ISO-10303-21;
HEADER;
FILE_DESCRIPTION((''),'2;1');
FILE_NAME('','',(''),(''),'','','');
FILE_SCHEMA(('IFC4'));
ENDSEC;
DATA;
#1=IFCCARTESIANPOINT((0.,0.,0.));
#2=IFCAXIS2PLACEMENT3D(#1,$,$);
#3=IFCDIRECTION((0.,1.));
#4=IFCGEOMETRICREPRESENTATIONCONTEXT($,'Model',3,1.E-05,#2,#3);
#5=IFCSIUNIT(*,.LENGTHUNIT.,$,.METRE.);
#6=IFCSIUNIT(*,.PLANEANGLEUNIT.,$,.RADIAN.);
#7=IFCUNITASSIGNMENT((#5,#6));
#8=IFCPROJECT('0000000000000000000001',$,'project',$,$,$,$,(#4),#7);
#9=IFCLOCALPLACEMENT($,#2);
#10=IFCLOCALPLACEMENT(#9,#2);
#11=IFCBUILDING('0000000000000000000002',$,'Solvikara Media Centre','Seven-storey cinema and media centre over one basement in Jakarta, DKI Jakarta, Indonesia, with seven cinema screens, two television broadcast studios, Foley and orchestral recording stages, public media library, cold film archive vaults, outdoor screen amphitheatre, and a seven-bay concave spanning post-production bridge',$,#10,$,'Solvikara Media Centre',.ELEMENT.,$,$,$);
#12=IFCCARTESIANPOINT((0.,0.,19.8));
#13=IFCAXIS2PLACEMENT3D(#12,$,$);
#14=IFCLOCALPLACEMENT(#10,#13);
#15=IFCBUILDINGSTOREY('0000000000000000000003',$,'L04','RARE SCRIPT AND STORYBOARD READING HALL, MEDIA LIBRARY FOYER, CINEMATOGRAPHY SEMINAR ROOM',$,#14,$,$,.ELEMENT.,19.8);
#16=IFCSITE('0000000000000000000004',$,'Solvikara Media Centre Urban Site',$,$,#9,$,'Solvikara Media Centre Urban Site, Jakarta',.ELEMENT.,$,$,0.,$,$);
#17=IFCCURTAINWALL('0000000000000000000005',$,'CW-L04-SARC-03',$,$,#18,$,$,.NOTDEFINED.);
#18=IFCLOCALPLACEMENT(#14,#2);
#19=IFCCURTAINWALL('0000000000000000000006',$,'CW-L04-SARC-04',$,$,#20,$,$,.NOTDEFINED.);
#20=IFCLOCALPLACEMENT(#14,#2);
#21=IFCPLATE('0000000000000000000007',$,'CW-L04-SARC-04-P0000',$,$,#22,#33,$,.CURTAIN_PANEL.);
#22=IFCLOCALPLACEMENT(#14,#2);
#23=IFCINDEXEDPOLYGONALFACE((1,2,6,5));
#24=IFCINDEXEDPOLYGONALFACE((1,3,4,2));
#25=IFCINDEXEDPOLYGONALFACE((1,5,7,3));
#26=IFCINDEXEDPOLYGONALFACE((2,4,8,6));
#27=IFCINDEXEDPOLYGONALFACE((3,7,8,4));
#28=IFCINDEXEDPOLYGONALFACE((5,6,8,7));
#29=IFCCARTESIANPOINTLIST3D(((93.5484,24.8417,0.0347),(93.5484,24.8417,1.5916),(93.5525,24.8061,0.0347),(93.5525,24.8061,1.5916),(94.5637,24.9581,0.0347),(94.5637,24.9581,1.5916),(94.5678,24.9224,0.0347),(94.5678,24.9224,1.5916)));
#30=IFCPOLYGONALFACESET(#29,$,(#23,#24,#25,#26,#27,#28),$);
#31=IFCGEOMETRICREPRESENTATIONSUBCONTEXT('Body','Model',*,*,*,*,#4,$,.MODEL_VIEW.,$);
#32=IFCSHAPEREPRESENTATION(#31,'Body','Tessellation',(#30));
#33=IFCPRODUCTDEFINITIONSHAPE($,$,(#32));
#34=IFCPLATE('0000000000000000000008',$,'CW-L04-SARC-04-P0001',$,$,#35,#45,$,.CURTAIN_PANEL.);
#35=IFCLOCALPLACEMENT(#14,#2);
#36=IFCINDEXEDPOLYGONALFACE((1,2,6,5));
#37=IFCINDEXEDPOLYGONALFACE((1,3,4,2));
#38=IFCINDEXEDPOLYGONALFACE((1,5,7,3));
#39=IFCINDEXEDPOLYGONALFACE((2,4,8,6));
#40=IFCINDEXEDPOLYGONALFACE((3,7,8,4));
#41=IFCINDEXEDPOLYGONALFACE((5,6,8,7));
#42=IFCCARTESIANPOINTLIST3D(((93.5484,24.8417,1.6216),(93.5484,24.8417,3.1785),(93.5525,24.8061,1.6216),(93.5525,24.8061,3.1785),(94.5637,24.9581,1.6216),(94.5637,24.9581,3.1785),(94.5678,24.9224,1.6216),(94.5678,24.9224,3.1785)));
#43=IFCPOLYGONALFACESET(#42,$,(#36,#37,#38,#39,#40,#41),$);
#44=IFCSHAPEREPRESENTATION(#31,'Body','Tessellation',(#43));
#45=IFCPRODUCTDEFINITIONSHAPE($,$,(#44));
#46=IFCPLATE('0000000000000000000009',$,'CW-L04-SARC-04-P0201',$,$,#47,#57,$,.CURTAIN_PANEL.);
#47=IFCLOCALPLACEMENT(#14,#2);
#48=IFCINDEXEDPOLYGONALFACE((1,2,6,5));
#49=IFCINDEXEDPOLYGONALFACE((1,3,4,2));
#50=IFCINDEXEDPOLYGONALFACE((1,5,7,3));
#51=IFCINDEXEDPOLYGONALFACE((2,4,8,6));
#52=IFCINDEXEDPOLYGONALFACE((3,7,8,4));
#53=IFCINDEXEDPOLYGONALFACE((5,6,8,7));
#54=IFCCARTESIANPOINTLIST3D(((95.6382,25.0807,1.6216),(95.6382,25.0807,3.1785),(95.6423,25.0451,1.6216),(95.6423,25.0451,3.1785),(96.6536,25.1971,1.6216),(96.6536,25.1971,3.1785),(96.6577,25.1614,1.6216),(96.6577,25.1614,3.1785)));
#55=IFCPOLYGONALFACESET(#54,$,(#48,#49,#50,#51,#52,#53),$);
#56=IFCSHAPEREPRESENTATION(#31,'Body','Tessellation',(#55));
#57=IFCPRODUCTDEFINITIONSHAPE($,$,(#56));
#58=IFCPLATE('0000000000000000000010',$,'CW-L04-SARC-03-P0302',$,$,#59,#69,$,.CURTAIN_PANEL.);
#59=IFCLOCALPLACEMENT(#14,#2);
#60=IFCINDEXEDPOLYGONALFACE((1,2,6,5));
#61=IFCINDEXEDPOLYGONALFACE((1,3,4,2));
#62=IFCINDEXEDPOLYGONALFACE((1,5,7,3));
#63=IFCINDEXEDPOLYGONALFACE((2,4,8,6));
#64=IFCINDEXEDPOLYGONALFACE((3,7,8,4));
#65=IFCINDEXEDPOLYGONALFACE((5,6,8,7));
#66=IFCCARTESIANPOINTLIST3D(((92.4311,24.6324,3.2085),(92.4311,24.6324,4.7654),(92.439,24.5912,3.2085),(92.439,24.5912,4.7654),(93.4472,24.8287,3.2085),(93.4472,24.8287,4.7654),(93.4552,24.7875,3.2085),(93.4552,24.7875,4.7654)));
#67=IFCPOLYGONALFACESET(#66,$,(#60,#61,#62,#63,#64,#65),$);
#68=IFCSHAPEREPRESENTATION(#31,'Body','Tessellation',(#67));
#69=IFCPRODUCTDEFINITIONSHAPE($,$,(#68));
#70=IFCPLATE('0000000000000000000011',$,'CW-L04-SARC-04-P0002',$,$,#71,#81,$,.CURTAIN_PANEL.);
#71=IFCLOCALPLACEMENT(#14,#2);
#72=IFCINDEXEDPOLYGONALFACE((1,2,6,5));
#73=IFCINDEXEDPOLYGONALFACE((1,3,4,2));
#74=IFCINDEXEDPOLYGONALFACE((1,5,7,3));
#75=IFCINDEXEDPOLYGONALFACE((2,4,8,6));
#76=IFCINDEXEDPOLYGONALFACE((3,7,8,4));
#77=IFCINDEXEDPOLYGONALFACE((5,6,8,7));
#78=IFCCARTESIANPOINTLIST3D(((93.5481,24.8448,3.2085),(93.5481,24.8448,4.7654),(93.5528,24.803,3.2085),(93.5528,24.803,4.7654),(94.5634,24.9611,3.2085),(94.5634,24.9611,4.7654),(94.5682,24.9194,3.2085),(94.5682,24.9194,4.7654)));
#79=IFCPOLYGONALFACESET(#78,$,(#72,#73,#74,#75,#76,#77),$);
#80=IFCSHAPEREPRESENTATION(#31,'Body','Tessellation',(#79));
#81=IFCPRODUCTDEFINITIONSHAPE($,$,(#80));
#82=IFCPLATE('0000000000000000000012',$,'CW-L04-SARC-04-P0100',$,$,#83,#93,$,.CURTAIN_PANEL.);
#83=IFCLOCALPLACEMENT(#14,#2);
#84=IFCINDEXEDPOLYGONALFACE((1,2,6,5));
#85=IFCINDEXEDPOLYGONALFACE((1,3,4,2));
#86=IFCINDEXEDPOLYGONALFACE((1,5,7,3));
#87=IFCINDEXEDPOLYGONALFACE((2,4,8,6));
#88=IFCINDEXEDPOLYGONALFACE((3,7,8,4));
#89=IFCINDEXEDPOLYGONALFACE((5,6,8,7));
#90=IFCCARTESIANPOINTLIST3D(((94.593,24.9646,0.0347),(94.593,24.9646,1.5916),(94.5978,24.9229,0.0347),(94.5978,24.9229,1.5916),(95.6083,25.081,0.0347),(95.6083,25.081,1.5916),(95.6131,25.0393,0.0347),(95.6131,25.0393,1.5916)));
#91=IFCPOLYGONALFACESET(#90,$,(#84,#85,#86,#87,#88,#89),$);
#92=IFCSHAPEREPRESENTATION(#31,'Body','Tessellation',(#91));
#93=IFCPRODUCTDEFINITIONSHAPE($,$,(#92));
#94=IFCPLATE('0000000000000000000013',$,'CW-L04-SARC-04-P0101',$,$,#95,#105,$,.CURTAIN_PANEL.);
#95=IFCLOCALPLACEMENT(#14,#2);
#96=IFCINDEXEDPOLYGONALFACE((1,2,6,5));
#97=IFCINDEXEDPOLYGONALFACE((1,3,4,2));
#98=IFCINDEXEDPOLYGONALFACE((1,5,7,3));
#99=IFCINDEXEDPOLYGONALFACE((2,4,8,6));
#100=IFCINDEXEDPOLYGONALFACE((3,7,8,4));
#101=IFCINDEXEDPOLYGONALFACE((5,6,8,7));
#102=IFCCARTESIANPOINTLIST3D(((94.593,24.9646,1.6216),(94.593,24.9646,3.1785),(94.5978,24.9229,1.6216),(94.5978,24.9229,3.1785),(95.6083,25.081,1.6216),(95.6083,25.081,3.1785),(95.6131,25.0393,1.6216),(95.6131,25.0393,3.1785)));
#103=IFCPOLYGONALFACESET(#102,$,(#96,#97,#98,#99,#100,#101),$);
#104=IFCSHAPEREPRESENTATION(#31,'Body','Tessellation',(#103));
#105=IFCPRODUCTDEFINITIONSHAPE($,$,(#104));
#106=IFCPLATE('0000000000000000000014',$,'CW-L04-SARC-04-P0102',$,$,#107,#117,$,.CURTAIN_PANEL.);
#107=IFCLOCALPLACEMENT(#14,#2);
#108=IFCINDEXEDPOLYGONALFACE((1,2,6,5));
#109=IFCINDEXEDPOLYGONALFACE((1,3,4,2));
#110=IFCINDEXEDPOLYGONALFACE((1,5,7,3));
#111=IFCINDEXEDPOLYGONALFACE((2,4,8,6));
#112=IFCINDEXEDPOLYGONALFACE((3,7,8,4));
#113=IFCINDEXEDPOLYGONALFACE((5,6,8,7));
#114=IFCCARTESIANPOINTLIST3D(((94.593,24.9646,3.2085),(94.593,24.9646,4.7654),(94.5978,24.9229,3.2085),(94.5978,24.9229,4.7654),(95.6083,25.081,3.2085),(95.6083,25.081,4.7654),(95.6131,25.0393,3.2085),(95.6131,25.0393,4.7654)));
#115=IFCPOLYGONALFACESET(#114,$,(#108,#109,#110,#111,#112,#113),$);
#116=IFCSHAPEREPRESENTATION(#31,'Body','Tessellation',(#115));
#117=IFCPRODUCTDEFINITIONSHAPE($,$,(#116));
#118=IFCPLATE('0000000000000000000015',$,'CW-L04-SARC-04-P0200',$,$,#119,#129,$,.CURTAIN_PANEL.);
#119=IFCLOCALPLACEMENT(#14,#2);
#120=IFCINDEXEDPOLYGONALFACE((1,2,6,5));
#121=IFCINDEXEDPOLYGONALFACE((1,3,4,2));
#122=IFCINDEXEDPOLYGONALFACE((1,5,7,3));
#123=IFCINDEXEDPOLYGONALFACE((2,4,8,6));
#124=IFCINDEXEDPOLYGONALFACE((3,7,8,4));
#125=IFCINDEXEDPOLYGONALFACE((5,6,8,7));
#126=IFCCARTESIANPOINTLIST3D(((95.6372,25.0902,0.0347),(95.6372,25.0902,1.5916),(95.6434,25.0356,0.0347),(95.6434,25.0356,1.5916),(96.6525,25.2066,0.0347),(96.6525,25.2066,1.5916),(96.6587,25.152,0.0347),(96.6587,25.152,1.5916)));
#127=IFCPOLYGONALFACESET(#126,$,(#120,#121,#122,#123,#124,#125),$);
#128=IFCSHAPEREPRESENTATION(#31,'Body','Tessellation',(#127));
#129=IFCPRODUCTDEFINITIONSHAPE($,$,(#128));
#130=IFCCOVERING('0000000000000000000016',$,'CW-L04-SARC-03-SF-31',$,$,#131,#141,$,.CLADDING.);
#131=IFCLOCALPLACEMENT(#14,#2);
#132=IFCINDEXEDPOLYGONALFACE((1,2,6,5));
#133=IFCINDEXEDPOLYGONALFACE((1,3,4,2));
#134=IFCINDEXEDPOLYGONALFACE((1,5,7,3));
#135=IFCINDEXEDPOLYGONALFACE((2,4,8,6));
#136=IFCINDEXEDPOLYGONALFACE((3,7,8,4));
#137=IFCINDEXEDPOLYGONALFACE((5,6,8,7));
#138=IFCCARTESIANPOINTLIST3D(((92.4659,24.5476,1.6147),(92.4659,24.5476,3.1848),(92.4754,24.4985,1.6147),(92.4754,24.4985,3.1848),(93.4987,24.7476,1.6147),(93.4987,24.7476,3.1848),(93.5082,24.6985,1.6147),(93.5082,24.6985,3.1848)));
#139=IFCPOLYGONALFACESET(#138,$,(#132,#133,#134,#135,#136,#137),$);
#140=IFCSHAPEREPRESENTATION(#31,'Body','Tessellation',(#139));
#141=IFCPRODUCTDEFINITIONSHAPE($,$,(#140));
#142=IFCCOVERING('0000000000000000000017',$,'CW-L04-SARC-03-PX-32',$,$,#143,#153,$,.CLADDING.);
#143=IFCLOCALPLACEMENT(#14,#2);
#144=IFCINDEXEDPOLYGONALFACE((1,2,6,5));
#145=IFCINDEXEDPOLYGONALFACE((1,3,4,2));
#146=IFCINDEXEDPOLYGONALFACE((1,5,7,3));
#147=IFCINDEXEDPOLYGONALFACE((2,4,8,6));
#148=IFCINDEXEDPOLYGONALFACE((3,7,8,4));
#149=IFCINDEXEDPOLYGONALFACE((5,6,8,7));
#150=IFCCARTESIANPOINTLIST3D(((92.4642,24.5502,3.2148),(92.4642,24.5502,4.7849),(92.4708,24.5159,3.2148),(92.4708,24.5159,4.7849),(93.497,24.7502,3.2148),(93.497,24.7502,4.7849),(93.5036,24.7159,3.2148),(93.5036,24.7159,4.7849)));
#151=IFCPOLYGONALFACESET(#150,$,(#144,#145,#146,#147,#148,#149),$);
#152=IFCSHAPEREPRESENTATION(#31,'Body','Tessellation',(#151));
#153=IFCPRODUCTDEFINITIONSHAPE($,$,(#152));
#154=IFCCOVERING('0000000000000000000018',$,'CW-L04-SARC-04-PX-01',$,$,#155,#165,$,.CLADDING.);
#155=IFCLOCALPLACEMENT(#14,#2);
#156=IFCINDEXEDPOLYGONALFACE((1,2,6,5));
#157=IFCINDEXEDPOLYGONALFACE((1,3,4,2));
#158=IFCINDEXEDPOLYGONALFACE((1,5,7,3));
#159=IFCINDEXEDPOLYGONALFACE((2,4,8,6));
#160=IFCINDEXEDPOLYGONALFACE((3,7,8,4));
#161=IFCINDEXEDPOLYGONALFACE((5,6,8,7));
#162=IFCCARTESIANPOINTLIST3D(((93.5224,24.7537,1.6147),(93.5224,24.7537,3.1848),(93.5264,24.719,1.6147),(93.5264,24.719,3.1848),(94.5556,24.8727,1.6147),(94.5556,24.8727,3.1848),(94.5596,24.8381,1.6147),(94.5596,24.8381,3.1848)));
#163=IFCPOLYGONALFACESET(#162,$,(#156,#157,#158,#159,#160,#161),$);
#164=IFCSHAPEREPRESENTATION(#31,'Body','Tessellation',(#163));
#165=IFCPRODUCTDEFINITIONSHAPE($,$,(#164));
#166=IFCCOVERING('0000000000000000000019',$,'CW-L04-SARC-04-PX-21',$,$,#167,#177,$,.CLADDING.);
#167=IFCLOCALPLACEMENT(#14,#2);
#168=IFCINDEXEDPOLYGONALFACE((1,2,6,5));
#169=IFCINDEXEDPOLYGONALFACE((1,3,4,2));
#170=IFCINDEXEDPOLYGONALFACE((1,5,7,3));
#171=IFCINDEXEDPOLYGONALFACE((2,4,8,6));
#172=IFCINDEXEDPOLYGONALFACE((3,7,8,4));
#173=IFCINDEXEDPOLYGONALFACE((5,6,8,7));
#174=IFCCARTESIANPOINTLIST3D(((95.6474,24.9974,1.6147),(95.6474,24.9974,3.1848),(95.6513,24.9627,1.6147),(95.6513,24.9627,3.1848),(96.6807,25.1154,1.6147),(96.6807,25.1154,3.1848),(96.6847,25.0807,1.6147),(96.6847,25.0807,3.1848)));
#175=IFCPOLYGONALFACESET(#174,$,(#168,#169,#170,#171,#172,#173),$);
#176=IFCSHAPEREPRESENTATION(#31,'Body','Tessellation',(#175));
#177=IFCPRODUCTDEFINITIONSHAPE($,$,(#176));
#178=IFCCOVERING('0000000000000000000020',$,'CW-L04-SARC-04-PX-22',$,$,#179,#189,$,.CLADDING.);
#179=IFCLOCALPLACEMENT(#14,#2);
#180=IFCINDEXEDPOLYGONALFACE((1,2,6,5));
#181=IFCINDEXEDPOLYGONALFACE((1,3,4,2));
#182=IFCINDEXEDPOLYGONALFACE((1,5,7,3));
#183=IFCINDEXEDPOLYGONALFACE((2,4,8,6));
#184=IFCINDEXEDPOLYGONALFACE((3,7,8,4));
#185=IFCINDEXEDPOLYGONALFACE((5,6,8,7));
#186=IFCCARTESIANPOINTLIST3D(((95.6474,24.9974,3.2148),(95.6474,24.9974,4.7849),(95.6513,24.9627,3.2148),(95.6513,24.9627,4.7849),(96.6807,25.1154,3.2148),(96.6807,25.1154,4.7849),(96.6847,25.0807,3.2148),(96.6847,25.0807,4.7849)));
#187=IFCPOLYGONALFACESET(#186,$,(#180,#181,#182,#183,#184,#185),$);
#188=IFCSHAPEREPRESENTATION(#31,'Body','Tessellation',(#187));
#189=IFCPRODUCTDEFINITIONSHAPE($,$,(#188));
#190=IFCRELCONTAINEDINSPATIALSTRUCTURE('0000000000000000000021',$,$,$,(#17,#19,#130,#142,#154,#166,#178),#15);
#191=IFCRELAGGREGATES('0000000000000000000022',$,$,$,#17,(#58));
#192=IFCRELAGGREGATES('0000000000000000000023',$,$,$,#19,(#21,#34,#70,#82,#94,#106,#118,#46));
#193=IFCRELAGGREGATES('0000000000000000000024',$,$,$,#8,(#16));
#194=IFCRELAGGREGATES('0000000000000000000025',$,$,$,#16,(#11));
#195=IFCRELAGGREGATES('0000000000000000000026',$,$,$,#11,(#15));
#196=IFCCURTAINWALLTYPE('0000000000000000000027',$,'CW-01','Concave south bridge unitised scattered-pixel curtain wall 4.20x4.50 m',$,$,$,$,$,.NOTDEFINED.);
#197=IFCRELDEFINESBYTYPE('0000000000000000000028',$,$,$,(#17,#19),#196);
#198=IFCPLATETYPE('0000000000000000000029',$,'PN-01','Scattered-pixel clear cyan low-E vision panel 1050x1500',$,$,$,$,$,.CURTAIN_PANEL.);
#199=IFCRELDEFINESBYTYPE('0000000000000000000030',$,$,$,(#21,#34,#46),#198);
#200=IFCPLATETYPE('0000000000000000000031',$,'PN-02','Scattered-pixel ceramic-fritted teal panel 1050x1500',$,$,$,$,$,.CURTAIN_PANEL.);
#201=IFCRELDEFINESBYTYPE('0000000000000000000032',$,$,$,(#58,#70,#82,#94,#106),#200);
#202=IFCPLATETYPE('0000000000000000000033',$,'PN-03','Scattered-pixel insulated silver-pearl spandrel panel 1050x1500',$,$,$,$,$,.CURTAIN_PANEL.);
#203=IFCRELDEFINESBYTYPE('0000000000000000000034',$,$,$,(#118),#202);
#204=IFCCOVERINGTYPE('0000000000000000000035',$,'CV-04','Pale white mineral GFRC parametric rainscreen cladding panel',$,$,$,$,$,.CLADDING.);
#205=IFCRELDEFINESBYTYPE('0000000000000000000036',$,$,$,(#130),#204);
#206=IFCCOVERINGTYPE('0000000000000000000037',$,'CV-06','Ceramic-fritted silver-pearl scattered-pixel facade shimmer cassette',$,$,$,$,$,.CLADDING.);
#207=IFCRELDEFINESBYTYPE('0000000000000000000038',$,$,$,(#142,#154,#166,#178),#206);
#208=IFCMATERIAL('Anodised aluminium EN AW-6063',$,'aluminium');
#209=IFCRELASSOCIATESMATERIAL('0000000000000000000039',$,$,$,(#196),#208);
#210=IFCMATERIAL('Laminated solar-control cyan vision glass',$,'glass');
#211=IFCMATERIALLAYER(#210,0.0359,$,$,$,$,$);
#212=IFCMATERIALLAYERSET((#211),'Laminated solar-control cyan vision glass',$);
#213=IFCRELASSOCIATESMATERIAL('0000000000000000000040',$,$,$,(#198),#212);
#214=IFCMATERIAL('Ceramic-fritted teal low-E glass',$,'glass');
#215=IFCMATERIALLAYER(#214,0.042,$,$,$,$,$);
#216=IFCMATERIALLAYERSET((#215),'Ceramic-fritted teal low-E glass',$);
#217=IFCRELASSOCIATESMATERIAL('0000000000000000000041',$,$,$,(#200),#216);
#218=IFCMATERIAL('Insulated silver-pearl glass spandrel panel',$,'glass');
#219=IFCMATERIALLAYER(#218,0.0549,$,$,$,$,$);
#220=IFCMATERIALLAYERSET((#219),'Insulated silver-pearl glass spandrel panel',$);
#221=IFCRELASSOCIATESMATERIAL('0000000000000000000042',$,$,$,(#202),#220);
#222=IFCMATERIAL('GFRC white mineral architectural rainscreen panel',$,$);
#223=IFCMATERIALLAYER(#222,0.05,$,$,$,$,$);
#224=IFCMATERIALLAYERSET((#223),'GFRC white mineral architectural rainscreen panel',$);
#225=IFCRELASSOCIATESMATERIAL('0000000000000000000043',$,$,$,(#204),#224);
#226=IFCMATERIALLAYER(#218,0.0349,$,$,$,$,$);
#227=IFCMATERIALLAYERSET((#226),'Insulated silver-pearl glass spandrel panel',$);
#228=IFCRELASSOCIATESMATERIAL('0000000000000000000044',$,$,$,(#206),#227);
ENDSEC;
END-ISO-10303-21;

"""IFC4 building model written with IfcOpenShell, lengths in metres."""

from ifc_helpers import new_model, si_unit, direction, frame, origin, origin_2d, place, context, subcontext, project, spatial, rectangle, extrude, material, layer, layer_set, type_object, element, aggregate, save


model = new_model("IFC4")

# Units and contexts
model_context = context("Model", 3, precision=1e-05, world=origin(), true_north=direction((0.0, 1.0)))
body_context = subcontext(model_context, "Body", "Model", "MODEL_VIEW")
ifc_project = project(units=[si_unit("LENGTHUNIT", "METRE"), si_unit("PLANEANGLEUNIT", "RADIAN")], contexts=[model_context])

# Site, building, storey
site_placement = place(None, origin())
site = spatial("IfcSite", under=ifc_project, at=site_placement, Name="Solvikara Media Centre Urban Site", LongName="Solvikara Media Centre Urban Site, Jakarta", CompositionType="ELEMENT", RefElevation=0.0)
building_placement = place(site_placement, origin())
building = spatial("IfcBuilding", under=site, at=building_placement, Name="Solvikara Media Centre", Description="Seven-storey cinema and media centre over one basement in Jakarta, DKI Jakarta, Indonesia, with seven cinema screens, two television broadcast studios, Foley and orchestral recording stages, public media library, cold film archive vaults, outdoor screen amphitheatre, and a seven-bay concave spanning post-production bridge", LongName="Solvikara Media Centre", CompositionType="ELEMENT")
storey_placement = place(building_placement, frame((0.0, 0.0, 19.8)))
storey = spatial("IfcBuildingStorey", under=building, at=storey_placement, Name="L04", Description="RARE SCRIPT AND STORYBOARD READING HALL, MEDIA LIBRARY FOYER, CINEMATOGRAPHY SEMINAR ROOM", CompositionType="ELEMENT", Elevation=19.8)

# Curtain wall
ifc_material_1 = material(Name="Anodised aluminium EN AW-6063", Category="aluminium")
curtain_wall_type = type_object("IfcCurtainWallType", Name="CW-01", Description="Concave south bridge unitised scattered-pixel curtain wall 4.20x4.50 m", PredefinedType="NOTDEFINED", material=ifc_material_1)
curtain_wall_1_placement = place(storey_placement, origin())
curtain_wall_1 = element("IfcCurtainWall", 1, at=curtain_wall_1_placement, inside=storey, type_object=curtain_wall_type, Name="CW-L04-SARC-03", PredefinedType="NOTDEFINED")

# Curtain wall, plates
curtain_wall_2_placement = place(storey_placement, origin())
curtain_wall_2 = element("IfcCurtainWall", 2, at=curtain_wall_2_placement, inside=storey, type_object=curtain_wall_type, Name="CW-L04-SARC-04", PredefinedType="NOTDEFINED")
ifc_material_2 = material(Name="Laminated solar-control cyan vision glass", Category="glass")
ifc_layer_1 = layer(ifc_material_2, 0.0359)
ifc_layer_set_1 = layer_set([ifc_layer_1], Name="Laminated solar-control cyan vision glass")
plate_type_1 = type_object("IfcPlateType", Name="PN-01", Description="Scattered-pixel clear cyan low-E vision panel 1050x1500", PredefinedType="CURTAIN_PANEL", material=ifc_layer_set_1)
plate_1_placement = place(storey_placement, frame((94.0581, 24.8821, 0.0347), z_axis=(0.0, 0.0, 1.0), x_axis=(0.993499, 0.113845, 0.0)))
plate_1 = element("IfcPlate", 3, at=plate_1_placement, type_object=plate_type_1, Name="CW-L04-SARC-04-P0000", PredefinedType="CURTAIN_PANEL", context=body_context, shape_type="SweptSolid", body=[
    extrude(rectangle(XDim=1.022, YDim=0.0359, at=origin_2d()), origin(), (0.0, 0.0, 1.0), 1.5569),
])
plate_2_placement = place(storey_placement, frame((94.0581, 24.8821, 1.6216), z_axis=(0.0, 0.0, 1.0), x_axis=(0.993499, 0.113845, 0.0)))
plate_2 = element("IfcPlate", 4, at=plate_2_placement, type_object=plate_type_1, Name="CW-L04-SARC-04-P0001", PredefinedType="CURTAIN_PANEL", context=body_context, shape_type="SweptSolid", body=[
    extrude(rectangle(XDim=1.022, YDim=0.0359, at=origin_2d()), origin(), (0.0, 0.0, 1.0), 1.5569),
])
plate_3_placement = place(storey_placement, frame((96.1479, 25.1211, 1.6216), z_axis=(0.0, 0.0, 1.0), x_axis=(0.993499, 0.113845, 0.0)))
plate_3 = element("IfcPlate", 5, at=plate_3_placement, type_object=plate_type_1, Name="CW-L04-SARC-04-P0201", PredefinedType="CURTAIN_PANEL", context=body_context, shape_type="SweptSolid", body=[
    extrude(rectangle(XDim=1.022, YDim=0.0359, at=origin_2d()), origin(), (0.0, 0.0, 1.0), 1.5569),
])

# Plates
ifc_material_3 = material(Name="Ceramic-fritted teal low-E glass", Category="glass")
ifc_layer_2 = layer(ifc_material_3, 0.042)
ifc_layer_set_2 = layer_set([ifc_layer_2], Name="Ceramic-fritted teal low-E glass")
plate_type_2 = type_object("IfcPlateType", Name="PN-02", Description="Scattered-pixel ceramic-fritted teal panel 1050x1500", PredefinedType="CURTAIN_PANEL", material=ifc_layer_set_2)
plate_4_placement = place(storey_placement, frame((92.9431, 24.71, 3.2085), z_axis=(0.0, 0.0, 1.0), x_axis=(0.981843, 0.189695, 0.0)))
plate_4 = element("IfcPlate", 6, at=plate_4_placement, type_object=plate_type_2, Name="CW-L04-SARC-03-P0302", PredefinedType="CURTAIN_PANEL", context=body_context, shape_type="SweptSolid", body=[
    extrude(rectangle(XDim=1.0349, YDim=0.042, at=origin_2d()), origin(), (0.0, 0.0, 1.0), 1.5569),
])
aggregate(curtain_wall_1, [plate_4])
plate_5_placement = place(storey_placement, frame((94.0581, 24.8821, 3.2085), z_axis=(0.0, 0.0, 1.0), x_axis=(0.993499, 0.113845, 0.0)))
plate_5 = element("IfcPlate", 7, at=plate_5_placement, type_object=plate_type_2, Name="CW-L04-SARC-04-P0002", PredefinedType="CURTAIN_PANEL", context=body_context, shape_type="SweptSolid", body=[
    extrude(rectangle(XDim=1.022, YDim=0.042, at=origin_2d()), origin(), (0.0, 0.0, 1.0), 1.5569),
])
plate_6_placement = place(storey_placement, frame((95.103, 25.002, 0.0347), z_axis=(0.0, 0.0, 1.0), x_axis=(0.993499, 0.113845, 0.0)))
plate_6 = element("IfcPlate", 8, at=plate_6_placement, type_object=plate_type_2, Name="CW-L04-SARC-04-P0100", PredefinedType="CURTAIN_PANEL", context=body_context, shape_type="SweptSolid", body=[
    extrude(rectangle(XDim=1.022, YDim=0.042, at=origin_2d()), origin(), (0.0, 0.0, 1.0), 1.5569),
])
plate_7_placement = place(storey_placement, frame((95.103, 25.002, 1.6216), z_axis=(0.0, 0.0, 1.0), x_axis=(0.993499, 0.113845, 0.0)))
plate_7 = element("IfcPlate", 9, at=plate_7_placement, type_object=plate_type_2, Name="CW-L04-SARC-04-P0101", PredefinedType="CURTAIN_PANEL", context=body_context, shape_type="SweptSolid", body=[
    extrude(rectangle(XDim=1.022, YDim=0.042, at=origin_2d()), origin(), (0.0, 0.0, 1.0), 1.5569),
])
plate_8_placement = place(storey_placement, frame((95.103, 25.002, 3.2085), z_axis=(0.0, 0.0, 1.0), x_axis=(0.993499, 0.113845, 0.0)))
plate_8 = element("IfcPlate", 10, at=plate_8_placement, type_object=plate_type_2, Name="CW-L04-SARC-04-P0102", PredefinedType="CURTAIN_PANEL", context=body_context, shape_type="SweptSolid", body=[
    extrude(rectangle(XDim=1.022, YDim=0.042, at=origin_2d()), origin(), (0.0, 0.0, 1.0), 1.5569),
])
ifc_material_4 = material(Name="Insulated silver-pearl glass spandrel panel", Category="glass")
ifc_layer_3 = layer(ifc_material_4, 0.0549)
ifc_layer_set_3 = layer_set([ifc_layer_3], Name="Insulated silver-pearl glass spandrel panel")
plate_type_3 = type_object("IfcPlateType", Name="PN-03", Description="Scattered-pixel insulated silver-pearl spandrel panel 1050x1500", PredefinedType="CURTAIN_PANEL", material=ifc_layer_set_3)
plate_9_placement = place(storey_placement, frame((96.1479, 25.1211, 0.0347), z_axis=(0.0, 0.0, 1.0), x_axis=(0.993499, 0.113845, 0.0)))
plate_9 = element("IfcPlate", 11, at=plate_9_placement, type_object=plate_type_3, Name="CW-L04-SARC-04-P0200", PredefinedType="CURTAIN_PANEL", context=body_context, shape_type="SweptSolid", body=[
    extrude(rectangle(XDim=1.022, YDim=0.0549, at=origin_2d()), origin(), (0.0, 0.0, 1.0), 1.5569),
])
aggregate(curtain_wall_2, [plate_1, plate_2, plate_5, plate_6, plate_7, plate_8, plate_9, plate_3])

# Coverings
ifc_material_5 = material(Name="GFRC white mineral architectural rainscreen panel")
ifc_layer_4 = layer(ifc_material_5, 0.05)
ifc_layer_set_4 = layer_set([ifc_layer_4], Name="GFRC white mineral architectural rainscreen panel")
covering_type_1 = type_object("IfcCoveringType", Name="CV-04", Description="Pale white mineral GFRC parametric rainscreen cladding panel", PredefinedType="CLADDING", material=ifc_layer_set_4)
covering_1_placement = place(storey_placement, frame((92.9871, 24.623, 1.6147), z_axis=(0.0, 0.0, 1.0), x_axis=(0.981767, 0.190089, 0.0)))
element("IfcCovering", 12, at=covering_1_placement, inside=storey, type_object=covering_type_1, Name="CW-L04-SARC-03-SF-31", PredefinedType="CLADDING", context=body_context, shape_type="SweptSolid", body=[
    extrude(rectangle(XDim=1.052, YDim=0.05, at=origin_2d()), origin(), (0.0, 0.0, 1.0), 1.5701),
])
ifc_layer_5 = layer(ifc_material_4, 0.0349)
ifc_layer_set_5 = layer_set([ifc_layer_5], Name="Insulated silver-pearl glass spandrel panel")
covering_type_2 = type_object("IfcCoveringType", Name="CV-06", Description="Ceramic-fritted silver-pearl scattered-pixel facade shimmer cassette", PredefinedType="CLADDING", material=ifc_layer_set_5)
covering_2_placement = place(storey_placement, frame((92.9839, 24.6331, 3.2148), z_axis=(0.0, 0.0, 1.0), x_axis=(0.981767, 0.190089, 0.0)))
element("IfcCovering", 13, at=covering_2_placement, inside=storey, type_object=covering_type_2, Name="CW-L04-SARC-03-PX-32", PredefinedType="CLADDING", context=body_context, shape_type="SweptSolid", body=[
    extrude(rectangle(XDim=1.052, YDim=0.0349, at=origin_2d()), origin(), (0.0, 0.0, 1.0), 1.5701),
])
for number, where, z_axis, x_axis, name in (
    (14, (94.041, 24.7959, 1.6147), (0.0, 0.0, 1.0), (0.993431, 0.114434, 0.0), "CW-L04-SARC-04-PX-01"),
    (15, (96.166, 25.0391, 1.6147), (0.0, 0.0, 1.0), (0.993538, 0.113498, 0.0), "CW-L04-SARC-04-PX-21"),
    (16, (96.166, 25.0391, 3.2148), (0.0, 0.0, 1.0), (0.993538, 0.113498, 0.0), "CW-L04-SARC-04-PX-22"),
):
    element("IfcCovering", number, at=place(storey_placement, frame(where, z_axis=z_axis, x_axis=x_axis)), inside=storey, type_object=covering_type_2, Name=name, PredefinedType="CLADDING", context=body_context, shape_type="SweptSolid", body=[
        extrude(rectangle(XDim=1.04, YDim=0.0349, at=origin_2d()), origin(), (0.0, 0.0, 1.0), 1.5701),
    ])

save(model, "model.ifc")
